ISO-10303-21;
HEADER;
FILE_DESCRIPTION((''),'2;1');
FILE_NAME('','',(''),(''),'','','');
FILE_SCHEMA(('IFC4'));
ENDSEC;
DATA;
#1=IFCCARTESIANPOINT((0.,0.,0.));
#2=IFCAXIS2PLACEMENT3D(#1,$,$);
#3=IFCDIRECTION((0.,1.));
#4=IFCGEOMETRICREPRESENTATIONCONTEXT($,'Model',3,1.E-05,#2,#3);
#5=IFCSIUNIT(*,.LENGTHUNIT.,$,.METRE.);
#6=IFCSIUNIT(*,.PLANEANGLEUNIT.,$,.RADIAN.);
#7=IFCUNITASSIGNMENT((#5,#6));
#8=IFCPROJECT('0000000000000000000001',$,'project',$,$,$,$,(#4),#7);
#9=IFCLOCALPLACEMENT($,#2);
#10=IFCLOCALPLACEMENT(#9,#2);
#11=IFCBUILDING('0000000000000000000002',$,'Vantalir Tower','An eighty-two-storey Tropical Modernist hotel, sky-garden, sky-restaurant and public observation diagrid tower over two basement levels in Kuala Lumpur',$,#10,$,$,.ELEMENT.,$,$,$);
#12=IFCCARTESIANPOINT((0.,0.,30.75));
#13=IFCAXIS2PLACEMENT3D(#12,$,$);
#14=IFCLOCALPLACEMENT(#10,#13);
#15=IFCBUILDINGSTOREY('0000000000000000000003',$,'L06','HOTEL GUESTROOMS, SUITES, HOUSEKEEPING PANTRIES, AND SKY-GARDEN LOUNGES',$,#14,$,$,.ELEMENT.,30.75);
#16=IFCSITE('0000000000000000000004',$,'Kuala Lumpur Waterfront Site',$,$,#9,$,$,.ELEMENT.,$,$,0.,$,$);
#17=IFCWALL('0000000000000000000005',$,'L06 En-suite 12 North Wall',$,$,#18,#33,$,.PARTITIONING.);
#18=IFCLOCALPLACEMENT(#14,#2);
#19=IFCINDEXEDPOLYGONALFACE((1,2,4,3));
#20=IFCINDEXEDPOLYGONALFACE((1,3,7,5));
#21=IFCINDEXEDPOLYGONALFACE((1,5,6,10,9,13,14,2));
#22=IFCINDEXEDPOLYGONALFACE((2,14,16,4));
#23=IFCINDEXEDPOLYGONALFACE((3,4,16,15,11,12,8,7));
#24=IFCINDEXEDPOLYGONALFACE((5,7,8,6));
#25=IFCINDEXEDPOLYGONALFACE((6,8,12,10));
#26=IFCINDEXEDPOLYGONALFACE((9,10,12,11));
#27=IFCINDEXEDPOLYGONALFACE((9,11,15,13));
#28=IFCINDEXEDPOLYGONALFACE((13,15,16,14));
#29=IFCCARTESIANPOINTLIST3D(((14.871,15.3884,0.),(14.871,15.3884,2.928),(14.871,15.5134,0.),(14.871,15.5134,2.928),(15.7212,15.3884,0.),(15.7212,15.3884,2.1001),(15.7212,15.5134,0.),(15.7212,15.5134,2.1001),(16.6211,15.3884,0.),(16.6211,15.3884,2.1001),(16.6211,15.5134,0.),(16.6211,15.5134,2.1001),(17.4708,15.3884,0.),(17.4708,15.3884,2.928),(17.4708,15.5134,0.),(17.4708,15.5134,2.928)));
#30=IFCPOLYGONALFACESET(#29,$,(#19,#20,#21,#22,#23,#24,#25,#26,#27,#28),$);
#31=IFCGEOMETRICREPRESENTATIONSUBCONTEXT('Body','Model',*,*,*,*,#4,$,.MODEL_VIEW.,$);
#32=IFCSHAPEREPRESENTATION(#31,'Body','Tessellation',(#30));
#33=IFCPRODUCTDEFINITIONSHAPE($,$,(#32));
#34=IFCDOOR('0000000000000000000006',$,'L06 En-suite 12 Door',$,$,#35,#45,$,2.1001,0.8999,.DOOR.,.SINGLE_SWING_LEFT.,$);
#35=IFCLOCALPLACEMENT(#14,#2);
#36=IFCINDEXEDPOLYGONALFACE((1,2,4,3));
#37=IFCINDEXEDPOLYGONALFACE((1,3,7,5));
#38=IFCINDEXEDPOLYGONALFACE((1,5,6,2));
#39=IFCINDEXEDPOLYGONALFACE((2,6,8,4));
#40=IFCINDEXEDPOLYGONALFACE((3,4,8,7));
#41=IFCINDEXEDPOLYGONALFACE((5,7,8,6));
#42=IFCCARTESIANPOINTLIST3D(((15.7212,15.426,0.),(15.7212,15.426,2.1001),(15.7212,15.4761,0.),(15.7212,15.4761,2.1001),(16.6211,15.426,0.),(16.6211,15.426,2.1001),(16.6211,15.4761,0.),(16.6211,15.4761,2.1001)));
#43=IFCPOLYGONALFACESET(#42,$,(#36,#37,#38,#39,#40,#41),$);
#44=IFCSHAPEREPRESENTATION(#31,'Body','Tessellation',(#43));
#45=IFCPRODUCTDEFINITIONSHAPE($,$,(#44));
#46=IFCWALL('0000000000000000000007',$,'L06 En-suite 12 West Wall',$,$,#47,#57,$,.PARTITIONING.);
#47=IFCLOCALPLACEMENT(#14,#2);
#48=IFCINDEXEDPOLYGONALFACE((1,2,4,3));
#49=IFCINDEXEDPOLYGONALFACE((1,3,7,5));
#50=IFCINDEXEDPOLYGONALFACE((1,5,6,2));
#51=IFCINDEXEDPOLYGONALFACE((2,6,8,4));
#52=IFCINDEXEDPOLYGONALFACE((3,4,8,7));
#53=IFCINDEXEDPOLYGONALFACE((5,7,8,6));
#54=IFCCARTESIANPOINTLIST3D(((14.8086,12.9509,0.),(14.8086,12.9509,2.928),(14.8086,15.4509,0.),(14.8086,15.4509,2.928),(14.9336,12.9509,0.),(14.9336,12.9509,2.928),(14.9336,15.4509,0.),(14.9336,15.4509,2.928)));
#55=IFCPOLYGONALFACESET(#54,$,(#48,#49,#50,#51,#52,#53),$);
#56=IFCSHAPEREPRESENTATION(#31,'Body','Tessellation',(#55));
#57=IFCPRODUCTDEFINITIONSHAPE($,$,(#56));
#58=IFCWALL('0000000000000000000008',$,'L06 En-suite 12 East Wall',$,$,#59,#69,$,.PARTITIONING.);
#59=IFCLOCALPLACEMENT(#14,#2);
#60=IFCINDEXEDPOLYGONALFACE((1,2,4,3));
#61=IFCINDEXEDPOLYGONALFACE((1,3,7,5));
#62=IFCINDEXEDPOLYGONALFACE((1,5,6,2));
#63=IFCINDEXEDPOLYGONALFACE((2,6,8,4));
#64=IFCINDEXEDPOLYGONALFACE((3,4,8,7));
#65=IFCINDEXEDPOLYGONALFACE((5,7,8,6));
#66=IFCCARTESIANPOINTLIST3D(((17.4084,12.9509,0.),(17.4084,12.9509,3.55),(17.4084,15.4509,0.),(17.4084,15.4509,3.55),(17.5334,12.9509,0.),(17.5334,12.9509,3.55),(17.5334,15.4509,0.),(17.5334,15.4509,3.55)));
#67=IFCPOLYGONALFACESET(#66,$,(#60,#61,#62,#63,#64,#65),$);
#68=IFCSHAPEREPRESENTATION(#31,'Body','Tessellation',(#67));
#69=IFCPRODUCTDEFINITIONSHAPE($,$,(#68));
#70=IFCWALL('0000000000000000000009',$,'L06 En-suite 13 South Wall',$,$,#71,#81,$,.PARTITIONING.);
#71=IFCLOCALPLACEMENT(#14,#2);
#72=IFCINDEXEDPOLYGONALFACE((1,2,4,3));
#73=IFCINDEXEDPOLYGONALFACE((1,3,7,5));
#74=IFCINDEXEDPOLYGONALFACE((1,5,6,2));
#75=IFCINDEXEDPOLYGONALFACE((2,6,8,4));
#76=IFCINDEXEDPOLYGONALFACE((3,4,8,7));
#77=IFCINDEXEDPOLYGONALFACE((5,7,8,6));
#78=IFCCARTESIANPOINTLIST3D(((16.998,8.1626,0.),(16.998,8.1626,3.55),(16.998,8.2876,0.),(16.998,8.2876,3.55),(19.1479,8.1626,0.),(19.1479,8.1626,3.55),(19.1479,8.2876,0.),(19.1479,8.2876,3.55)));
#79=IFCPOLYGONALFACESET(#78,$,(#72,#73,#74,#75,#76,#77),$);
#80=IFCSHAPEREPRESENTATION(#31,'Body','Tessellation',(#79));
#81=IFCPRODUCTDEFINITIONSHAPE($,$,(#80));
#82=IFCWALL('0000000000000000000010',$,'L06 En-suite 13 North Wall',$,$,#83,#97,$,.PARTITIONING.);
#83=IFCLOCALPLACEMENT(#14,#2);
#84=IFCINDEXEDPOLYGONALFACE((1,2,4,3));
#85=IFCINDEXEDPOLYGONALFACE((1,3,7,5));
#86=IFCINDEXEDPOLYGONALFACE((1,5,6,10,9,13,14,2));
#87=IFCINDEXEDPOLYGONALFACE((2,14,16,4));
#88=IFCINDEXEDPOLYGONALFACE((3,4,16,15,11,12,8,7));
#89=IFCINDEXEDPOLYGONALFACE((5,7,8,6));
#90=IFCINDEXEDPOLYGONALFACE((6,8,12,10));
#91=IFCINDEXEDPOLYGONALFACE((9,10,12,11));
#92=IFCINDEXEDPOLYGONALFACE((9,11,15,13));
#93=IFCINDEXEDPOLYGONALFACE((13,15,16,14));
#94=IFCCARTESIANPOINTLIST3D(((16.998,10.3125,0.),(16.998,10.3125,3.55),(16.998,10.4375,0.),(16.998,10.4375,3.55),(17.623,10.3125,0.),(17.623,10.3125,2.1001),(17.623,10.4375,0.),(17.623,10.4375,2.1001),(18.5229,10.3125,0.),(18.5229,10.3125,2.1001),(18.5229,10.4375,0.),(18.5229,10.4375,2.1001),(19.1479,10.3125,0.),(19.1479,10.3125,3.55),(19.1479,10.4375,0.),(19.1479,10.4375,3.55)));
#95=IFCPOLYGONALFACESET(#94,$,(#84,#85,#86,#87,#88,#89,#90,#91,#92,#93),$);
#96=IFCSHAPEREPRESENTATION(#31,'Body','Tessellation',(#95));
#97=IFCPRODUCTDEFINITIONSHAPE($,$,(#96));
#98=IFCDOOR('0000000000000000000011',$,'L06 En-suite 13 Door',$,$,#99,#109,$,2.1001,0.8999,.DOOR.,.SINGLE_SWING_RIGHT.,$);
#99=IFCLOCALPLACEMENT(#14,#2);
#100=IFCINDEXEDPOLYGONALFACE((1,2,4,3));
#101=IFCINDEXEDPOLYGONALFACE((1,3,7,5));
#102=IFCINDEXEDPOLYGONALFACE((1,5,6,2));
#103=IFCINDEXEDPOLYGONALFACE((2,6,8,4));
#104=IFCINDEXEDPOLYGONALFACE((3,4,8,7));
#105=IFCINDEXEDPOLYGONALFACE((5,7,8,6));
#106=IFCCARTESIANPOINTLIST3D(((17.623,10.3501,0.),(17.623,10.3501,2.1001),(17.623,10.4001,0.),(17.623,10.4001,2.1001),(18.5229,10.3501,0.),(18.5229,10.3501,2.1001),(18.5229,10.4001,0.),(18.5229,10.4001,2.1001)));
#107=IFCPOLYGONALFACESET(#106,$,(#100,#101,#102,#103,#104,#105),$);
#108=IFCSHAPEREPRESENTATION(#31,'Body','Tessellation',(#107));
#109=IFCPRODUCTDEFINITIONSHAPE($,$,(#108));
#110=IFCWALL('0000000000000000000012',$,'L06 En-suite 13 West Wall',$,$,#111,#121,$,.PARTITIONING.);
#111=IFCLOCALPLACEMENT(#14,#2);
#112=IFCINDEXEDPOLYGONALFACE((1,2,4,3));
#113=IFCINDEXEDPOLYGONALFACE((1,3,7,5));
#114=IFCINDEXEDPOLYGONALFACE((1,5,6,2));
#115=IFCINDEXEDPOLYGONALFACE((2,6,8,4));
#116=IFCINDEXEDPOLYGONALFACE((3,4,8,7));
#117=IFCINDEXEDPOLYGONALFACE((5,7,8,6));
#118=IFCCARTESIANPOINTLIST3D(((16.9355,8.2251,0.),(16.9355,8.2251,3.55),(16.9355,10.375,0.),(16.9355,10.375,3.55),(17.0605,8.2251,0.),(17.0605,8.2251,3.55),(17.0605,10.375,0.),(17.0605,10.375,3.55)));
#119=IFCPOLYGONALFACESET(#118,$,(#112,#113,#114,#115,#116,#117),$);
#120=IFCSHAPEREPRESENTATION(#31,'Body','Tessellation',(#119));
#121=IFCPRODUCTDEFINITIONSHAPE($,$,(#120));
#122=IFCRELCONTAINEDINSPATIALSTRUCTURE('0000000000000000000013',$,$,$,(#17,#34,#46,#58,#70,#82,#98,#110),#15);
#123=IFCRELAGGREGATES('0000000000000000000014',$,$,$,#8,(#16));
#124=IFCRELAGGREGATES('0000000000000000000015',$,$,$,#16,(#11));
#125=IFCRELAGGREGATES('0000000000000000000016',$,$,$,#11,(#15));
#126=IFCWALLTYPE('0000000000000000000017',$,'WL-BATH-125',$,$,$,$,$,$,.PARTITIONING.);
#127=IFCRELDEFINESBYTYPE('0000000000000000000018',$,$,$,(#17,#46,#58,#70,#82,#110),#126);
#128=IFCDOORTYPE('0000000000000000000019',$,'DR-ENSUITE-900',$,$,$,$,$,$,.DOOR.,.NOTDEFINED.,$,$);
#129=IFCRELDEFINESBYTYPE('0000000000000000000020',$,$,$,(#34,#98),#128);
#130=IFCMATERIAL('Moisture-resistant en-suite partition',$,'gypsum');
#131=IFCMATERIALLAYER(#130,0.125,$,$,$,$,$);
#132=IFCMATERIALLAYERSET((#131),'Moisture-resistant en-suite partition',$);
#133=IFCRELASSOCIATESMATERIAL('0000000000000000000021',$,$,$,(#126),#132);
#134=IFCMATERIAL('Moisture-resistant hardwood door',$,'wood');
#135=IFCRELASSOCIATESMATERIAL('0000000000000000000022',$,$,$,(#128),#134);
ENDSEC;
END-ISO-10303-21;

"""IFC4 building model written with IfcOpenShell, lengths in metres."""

from ifc_helpers import new_model, si_unit, direction, frame, frame_2d, origin, place, context, subcontext, project, spatial, rectangle, extrude, material, layer, layer_set, type_object, element, fill, save


model = new_model("IFC4")

# Units and contexts
model_context = context("Model", 3, precision=1e-05, world=origin(), true_north=direction((0.0, 1.0)))
body_context = subcontext(model_context, "Body", "Model", "MODEL_VIEW")
ifc_project = project(units=[si_unit("LENGTHUNIT", "METRE"), si_unit("PLANEANGLEUNIT", "RADIAN")], contexts=[model_context])

# Site, building, storey
site_placement = place(None, origin())
site = spatial("IfcSite", under=ifc_project, at=site_placement, Name="Kuala Lumpur Waterfront Site", CompositionType="ELEMENT", RefElevation=0.0)
building_placement = place(site_placement, origin())
building = spatial("IfcBuilding", under=site, at=building_placement, Name="Vantalir Tower", Description="An eighty-two-storey Tropical Modernist hotel, sky-garden, sky-restaurant and public observation diagrid tower over two basement levels in Kuala Lumpur", CompositionType="ELEMENT")
storey_placement = place(building_placement, frame((0.0, 0.0, 30.75)))
storey = spatial("IfcBuildingStorey", under=building, at=storey_placement, Name="L06", Description="HOTEL GUESTROOMS, SUITES, HOUSEKEEPING PANTRIES, AND SKY-GARDEN LOUNGES", CompositionType="ELEMENT", Elevation=30.75)

# Shared definitions
ifc_material_1 = material(Name="Moisture-resistant en-suite partition", Category="gypsum")
ifc_layer_1 = layer(ifc_material_1, 0.125)
ifc_layer_set_1 = layer_set([ifc_layer_1], Name="Moisture-resistant en-suite partition")
wall_type = type_object("IfcWallType", Name="WL-BATH-125", PredefinedType="PARTITIONING", material=ifc_layer_set_1)

# Shared definitions
ifc_material_2 = material(Name="Moisture-resistant hardwood door", Category="wood")
door_type = type_object("IfcDoorType", Name="DR-ENSUITE-900", OperationType="NOTDEFINED", PredefinedType="DOOR", material=ifc_material_2)

# Wall, opening, door
wall_1_placement = place(storey_placement, frame((14.8711, 15.4509, 0.0), z_axis=(0.0, 0.0, 1.0), x_axis=(1.0, 0.0, 0.0)))
wall_1 = element("IfcWall", 1, at=wall_1_placement, inside=storey, type_object=wall_type, Name="L06 En-suite 12 North Wall", PredefinedType="PARTITIONING", context=body_context, shape_type="SweptSolid", body=[
    extrude(rectangle(XDim=2.5999, YDim=0.125, at=frame_2d((1.2998, 0.0))), origin(), (0.0, 0.0, 1.0), 2.928),
])
opening_1_placement = place(wall_1_placement, frame((0.8501, 0.0, 0.0)))
opening_1 = element("IfcOpeningElement", 2, at=opening_1_placement, cuts=wall_1, PredefinedType="OPENING", context=body_context, shape_type="SweptSolid", body=[
    extrude(rectangle(XDim=0.8999, YDim=2.1001, at=frame_2d((0.45, 1.05))), frame((0.0, 0.0725, 0.0), z_axis=(0.0, -1.0, 0.0), x_axis=(1.0, 0.0, 0.0)), (0.0, 0.0, 1.0), 0.145),
])
door_1_placement = place(opening_1_placement, frame((0.8999, 0.0, 0.0), z_axis=(0.0, 0.0, 1.0), x_axis=(-1.0, 0.0, 0.0)))
door_1 = element("IfcDoor", 3, at=door_1_placement, inside=storey, type_object=door_type, Name="L06 En-suite 12 Door", OperationType="SINGLE_SWING_LEFT", OverallHeight=2.1001, OverallWidth=0.8999, PredefinedType="DOOR", context=body_context, shape_type="SweptSolid", body=[
    extrude(rectangle(XDim=0.8999, YDim=2.1001, at=frame_2d((0.45, 1.05))), frame((0.0, 0.0249, 0.0), z_axis=(0.0, -1.0, 0.0), x_axis=(1.0, 0.0, 0.0)), (0.0, 0.0, 1.0), 0.05),
])
fill(opening_1, door_1)

# Walls
wall_2_placement = place(storey_placement, frame((14.8711, 12.9509, 0.0), z_axis=(0.0, 0.0, 1.0), x_axis=(0.0, 1.0, 0.0)))
element("IfcWall", 4, at=wall_2_placement, inside=storey, type_object=wall_type, Name="L06 En-suite 12 West Wall", PredefinedType="PARTITIONING", context=body_context, shape_type="SweptSolid", body=[
    extrude(rectangle(XDim=2.5, YDim=0.125, at=frame_2d((1.25, 0.0))), origin(), (0.0, 0.0, 1.0), 2.928),
])
wall_3_placement = place(storey_placement, frame((17.4709, 12.9509, 0.0), z_axis=(0.0, 0.0, 1.0), x_axis=(0.0, 1.0, 0.0)))
element("IfcWall", 5, at=wall_3_placement, inside=storey, type_object=wall_type, Name="L06 En-suite 12 East Wall", PredefinedType="PARTITIONING", context=body_context, shape_type="SweptSolid", body=[
    extrude(rectangle(XDim=2.5, YDim=0.125, at=frame_2d((1.25, 0.0))), origin(), (0.0, 0.0, 1.0), 3.55),
])
wall_4_placement = place(storey_placement, frame((16.998, 8.2251, 0.0), z_axis=(0.0, 0.0, 1.0), x_axis=(1.0, 0.0, 0.0)))
element("IfcWall", 6, at=wall_4_placement, inside=storey, type_object=wall_type, Name="L06 En-suite 13 South Wall", PredefinedType="PARTITIONING", context=body_context, shape_type="SweptSolid", body=[
    extrude(rectangle(XDim=2.1499, YDim=0.125, at=frame_2d((1.075, 0.0))), origin(), (0.0, 0.0, 1.0), 3.55),
])

# Wall, opening, door
wall_5_placement = place(storey_placement, frame((16.998, 10.375, 0.0), z_axis=(0.0, 0.0, 1.0), x_axis=(1.0, 0.0, 0.0)))
wall_5 = element("IfcWall", 7, at=wall_5_placement, inside=storey, type_object=wall_type, Name="L06 En-suite 13 North Wall", PredefinedType="PARTITIONING", context=body_context, shape_type="SweptSolid", body=[
    extrude(rectangle(XDim=2.1499, YDim=0.125, at=frame_2d((1.075, 0.0))), origin(), (0.0, 0.0, 1.0), 3.55),
])
opening_2_placement = place(wall_5_placement, frame((0.625, 0.0, 0.0)))
opening_2 = element("IfcOpeningElement", 8, at=opening_2_placement, cuts=wall_5, PredefinedType="OPENING", context=body_context, shape_type="SweptSolid", body=[
    extrude(rectangle(XDim=0.8999, YDim=2.1001, at=frame_2d((0.45, 1.05))), frame((0.0, 0.0725, 0.0), z_axis=(0.0, -1.0, 0.0), x_axis=(1.0, 0.0, 0.0)), (0.0, 0.0, 1.0), 0.145),
])
door_2_placement = place(opening_2_placement, frame((0.8999, 0.0, 0.0), z_axis=(0.0, 0.0, 1.0), x_axis=(-1.0, 0.0, 0.0)))
door_2 = element("IfcDoor", 9, at=door_2_placement, inside=storey, type_object=door_type, Name="L06 En-suite 13 Door", OperationType="SINGLE_SWING_RIGHT", OverallHeight=2.1001, OverallWidth=0.8999, PredefinedType="DOOR", context=body_context, shape_type="SweptSolid", body=[
    extrude(rectangle(XDim=0.8999, YDim=2.1001, at=frame_2d((0.45, 1.05))), frame((0.0, 0.0249, 0.0), z_axis=(0.0, -1.0, 0.0), x_axis=(1.0, 0.0, 0.0)), (0.0, 0.0, 1.0), 0.05),
])
fill(opening_2, door_2)

# Wall
wall_6_placement = place(storey_placement, frame((16.998, 8.2251, 0.0), z_axis=(0.0, 0.0, 1.0), x_axis=(0.0, 1.0, 0.0)))
element("IfcWall", 10, at=wall_6_placement, inside=storey, type_object=wall_type, Name="L06 En-suite 13 West Wall", PredefinedType="PARTITIONING", context=body_context, shape_type="SweptSolid", body=[
    extrude(rectangle(XDim=2.1499, YDim=0.125, at=frame_2d((1.075, 0.0))), origin(), (0.0, 0.0, 1.0), 3.55),
])

save(model, "model.ifc")
